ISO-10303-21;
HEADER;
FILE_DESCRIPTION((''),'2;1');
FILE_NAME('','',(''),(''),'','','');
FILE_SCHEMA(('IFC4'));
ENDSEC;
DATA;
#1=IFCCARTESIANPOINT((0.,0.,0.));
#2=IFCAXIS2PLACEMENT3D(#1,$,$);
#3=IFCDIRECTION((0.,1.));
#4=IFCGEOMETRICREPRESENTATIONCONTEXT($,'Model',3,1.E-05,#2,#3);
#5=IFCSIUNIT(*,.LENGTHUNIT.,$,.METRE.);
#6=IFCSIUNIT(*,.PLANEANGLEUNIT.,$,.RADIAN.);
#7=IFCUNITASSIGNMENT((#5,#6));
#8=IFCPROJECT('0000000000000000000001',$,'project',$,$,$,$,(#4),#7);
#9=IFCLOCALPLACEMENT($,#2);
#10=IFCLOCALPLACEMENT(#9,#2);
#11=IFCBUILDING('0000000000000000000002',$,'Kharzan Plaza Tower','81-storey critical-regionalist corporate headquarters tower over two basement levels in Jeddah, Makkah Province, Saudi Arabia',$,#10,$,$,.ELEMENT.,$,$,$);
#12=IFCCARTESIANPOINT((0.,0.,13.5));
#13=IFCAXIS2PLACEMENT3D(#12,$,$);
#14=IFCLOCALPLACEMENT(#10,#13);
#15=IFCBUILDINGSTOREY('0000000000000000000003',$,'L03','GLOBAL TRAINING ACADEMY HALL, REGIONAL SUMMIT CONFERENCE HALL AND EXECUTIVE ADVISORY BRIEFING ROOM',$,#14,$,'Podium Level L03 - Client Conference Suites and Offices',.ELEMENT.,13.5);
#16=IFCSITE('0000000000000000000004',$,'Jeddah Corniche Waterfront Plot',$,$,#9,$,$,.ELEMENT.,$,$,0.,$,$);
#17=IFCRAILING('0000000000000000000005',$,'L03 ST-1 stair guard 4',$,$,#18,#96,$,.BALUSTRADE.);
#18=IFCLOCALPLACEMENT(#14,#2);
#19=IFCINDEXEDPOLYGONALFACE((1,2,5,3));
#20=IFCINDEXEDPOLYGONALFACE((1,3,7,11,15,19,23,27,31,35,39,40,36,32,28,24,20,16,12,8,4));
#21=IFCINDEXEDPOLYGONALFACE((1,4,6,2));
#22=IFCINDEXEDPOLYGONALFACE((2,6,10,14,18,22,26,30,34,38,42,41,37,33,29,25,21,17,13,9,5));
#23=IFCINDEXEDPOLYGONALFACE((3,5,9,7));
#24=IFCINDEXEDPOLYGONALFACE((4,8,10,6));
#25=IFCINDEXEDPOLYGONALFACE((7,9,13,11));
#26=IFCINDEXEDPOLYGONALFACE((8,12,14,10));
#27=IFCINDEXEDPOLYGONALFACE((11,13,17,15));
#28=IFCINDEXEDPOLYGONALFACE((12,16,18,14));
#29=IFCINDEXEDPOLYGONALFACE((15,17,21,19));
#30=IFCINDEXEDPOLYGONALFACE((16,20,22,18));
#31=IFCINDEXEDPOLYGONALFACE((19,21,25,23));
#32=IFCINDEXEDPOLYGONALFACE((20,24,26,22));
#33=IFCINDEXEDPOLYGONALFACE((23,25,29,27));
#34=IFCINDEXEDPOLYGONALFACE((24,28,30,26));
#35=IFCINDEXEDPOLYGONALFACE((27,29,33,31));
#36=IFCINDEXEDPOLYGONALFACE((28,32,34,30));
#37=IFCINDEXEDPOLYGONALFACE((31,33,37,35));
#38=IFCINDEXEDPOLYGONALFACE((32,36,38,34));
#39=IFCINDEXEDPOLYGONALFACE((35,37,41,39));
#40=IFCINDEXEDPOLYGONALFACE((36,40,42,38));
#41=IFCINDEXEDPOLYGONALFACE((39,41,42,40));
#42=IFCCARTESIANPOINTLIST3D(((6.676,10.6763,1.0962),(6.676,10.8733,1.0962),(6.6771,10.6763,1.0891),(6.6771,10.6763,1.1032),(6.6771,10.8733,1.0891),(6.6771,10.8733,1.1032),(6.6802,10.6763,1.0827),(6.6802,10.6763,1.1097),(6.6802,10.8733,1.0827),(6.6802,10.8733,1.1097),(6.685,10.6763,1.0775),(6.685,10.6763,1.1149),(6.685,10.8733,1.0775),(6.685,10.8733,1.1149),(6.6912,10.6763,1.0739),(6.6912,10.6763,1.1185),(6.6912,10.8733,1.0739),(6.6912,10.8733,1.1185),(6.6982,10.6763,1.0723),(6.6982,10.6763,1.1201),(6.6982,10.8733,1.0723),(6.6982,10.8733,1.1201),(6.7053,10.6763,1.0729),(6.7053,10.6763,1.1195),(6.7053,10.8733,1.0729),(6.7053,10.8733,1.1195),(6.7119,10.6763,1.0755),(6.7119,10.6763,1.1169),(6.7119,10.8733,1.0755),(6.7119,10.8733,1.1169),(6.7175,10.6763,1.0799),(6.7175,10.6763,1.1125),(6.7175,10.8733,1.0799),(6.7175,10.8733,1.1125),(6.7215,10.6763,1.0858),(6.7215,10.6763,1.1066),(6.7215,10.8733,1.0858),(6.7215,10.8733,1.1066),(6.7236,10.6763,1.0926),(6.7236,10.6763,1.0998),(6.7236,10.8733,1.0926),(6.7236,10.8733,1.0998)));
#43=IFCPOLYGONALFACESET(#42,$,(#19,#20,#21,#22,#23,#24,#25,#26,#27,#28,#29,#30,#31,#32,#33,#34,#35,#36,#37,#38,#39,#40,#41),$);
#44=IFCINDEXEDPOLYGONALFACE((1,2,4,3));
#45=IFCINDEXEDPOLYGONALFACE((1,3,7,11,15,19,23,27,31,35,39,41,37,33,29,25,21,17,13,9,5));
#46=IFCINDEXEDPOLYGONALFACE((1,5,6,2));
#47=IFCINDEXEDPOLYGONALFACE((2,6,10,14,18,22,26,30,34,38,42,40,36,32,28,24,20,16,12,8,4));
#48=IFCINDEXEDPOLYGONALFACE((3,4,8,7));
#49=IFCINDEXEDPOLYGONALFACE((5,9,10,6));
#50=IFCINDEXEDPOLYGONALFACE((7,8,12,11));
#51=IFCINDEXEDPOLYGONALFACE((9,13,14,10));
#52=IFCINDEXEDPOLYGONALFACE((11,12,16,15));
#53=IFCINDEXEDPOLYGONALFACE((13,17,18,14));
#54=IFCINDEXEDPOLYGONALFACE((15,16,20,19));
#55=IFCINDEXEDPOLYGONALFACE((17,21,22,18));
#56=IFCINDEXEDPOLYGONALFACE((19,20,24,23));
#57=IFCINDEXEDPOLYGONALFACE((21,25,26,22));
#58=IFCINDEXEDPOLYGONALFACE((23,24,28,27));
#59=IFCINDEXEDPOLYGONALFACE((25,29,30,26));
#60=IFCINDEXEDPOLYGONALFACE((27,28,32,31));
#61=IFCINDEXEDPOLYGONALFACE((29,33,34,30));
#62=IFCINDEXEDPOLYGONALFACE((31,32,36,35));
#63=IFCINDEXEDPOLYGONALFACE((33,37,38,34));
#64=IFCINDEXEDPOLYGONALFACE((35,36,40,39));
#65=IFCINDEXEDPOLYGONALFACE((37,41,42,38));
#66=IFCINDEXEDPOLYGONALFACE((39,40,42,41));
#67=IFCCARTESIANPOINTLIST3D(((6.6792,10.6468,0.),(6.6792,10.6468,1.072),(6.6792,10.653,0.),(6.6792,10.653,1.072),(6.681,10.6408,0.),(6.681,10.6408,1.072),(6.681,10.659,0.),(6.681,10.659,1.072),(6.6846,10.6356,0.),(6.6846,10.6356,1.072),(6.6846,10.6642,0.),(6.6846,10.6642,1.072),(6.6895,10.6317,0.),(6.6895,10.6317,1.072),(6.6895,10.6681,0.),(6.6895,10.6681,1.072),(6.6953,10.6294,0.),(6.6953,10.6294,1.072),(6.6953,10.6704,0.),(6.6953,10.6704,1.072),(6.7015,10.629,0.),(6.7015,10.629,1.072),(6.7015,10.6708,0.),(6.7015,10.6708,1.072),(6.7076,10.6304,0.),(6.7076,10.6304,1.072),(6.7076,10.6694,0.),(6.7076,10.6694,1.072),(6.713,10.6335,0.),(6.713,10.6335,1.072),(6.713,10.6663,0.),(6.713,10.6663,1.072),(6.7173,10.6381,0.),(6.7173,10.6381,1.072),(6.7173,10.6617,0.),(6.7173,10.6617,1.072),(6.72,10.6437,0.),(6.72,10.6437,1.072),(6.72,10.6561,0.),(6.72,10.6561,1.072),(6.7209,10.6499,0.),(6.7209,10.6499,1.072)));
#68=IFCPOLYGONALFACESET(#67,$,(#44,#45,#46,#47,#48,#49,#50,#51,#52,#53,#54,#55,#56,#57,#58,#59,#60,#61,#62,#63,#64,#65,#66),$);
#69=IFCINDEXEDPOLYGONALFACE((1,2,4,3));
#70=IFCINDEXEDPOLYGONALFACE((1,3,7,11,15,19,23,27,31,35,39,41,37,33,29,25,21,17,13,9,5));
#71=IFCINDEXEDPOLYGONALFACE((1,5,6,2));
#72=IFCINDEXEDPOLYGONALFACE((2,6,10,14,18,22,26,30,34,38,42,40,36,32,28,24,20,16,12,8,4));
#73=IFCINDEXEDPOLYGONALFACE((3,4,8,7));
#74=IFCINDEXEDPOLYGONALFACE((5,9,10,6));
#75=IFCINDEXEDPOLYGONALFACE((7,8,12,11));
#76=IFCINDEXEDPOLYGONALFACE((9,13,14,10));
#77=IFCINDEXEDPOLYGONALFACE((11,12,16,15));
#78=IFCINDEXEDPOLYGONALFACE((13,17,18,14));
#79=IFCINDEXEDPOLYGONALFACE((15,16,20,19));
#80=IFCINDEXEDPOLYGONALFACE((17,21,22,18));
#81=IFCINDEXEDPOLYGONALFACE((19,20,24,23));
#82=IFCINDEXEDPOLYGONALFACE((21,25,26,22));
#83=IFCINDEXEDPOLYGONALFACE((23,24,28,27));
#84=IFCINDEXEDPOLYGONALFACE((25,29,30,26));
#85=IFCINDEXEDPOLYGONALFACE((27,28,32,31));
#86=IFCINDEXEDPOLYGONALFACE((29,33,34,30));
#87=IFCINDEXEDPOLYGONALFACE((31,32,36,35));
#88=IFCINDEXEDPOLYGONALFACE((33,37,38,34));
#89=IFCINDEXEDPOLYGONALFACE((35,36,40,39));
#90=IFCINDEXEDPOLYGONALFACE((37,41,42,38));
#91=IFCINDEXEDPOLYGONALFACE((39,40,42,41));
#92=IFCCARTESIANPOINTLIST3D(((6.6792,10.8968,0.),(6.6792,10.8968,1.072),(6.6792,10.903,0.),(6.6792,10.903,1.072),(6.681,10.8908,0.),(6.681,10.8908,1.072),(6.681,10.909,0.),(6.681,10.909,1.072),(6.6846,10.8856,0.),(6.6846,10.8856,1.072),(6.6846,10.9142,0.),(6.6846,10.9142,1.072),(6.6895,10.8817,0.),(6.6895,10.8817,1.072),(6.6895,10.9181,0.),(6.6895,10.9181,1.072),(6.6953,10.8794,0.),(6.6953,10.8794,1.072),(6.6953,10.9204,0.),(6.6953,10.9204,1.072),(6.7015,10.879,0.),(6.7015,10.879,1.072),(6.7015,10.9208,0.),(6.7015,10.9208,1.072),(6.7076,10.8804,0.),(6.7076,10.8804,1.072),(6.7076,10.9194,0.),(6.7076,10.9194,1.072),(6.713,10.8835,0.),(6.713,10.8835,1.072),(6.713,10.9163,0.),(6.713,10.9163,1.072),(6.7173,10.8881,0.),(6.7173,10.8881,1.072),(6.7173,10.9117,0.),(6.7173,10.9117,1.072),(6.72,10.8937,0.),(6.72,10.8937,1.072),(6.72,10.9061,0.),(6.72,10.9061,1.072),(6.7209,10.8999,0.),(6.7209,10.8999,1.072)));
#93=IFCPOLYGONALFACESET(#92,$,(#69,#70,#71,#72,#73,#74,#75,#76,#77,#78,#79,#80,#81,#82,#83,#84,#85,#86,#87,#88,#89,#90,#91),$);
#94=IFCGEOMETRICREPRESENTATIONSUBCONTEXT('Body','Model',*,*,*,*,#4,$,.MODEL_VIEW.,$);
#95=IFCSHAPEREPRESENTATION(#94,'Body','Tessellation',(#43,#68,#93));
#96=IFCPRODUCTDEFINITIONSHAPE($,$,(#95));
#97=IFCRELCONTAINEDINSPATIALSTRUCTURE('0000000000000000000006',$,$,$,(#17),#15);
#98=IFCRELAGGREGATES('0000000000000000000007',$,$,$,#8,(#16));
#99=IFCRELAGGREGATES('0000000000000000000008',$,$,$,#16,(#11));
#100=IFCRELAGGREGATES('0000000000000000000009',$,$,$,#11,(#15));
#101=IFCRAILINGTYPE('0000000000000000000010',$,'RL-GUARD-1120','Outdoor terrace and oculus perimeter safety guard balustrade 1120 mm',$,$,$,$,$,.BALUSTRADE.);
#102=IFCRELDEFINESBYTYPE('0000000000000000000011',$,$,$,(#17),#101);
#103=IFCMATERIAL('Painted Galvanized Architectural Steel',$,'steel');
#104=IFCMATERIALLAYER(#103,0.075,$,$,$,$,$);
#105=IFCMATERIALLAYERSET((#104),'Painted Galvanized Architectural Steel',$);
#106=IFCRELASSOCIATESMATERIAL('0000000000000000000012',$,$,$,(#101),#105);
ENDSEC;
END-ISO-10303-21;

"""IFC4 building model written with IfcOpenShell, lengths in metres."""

from ifc_helpers import new_model, si_unit, direction, frame, origin, origin_2d, place, context, subcontext, project, spatial, circle, extrude, source, transform, mapped, material, layer, layer_set, type_object, element, save


model = new_model("IFC4")

# Units and contexts
model_context = context("Model", 3, precision=1e-05, world=origin(), true_north=direction((0.0, 1.0)))
body_context = subcontext(model_context, "Body", "Model", "MODEL_VIEW")
ifc_project = project(units=[si_unit("LENGTHUNIT", "METRE"), si_unit("PLANEANGLEUNIT", "RADIAN")], contexts=[model_context])

# Site, building, storey
site_placement = place(None, origin())
site = spatial("IfcSite", under=ifc_project, at=site_placement, Name="Jeddah Corniche Waterfront Plot", CompositionType="ELEMENT", RefElevation=0.0)
building_placement = place(site_placement, origin())
building = spatial("IfcBuilding", under=site, at=building_placement, Name="Kharzan Plaza Tower", Description="81-storey critical-regionalist corporate headquarters tower over two basement levels in Jeddah, Makkah Province, Saudi Arabia", CompositionType="ELEMENT")
storey_placement = place(building_placement, frame((0.0, 0.0, 13.5)))
storey = spatial("IfcBuildingStorey", under=building, at=storey_placement, Name="L03", Description="GLOBAL TRAINING ACADEMY HALL, REGIONAL SUMMIT CONFERENCE HALL AND EXECUTIVE ADVISORY BRIEFING ROOM", LongName="Podium Level L03 - Client Conference Suites and Offices", CompositionType="ELEMENT", Elevation=13.5)

# Railing
ifc_material_1 = material(Name="Painted Galvanized Architectural Steel", Category="steel")
ifc_layer_1 = layer(ifc_material_1, 0.075)
ifc_layer_set_1 = layer_set([ifc_layer_1], Name="Painted Galvanized Architectural Steel")
railing_type_1 = type_object("IfcRailingType", Name="RL-GUARD-1120", Description="Outdoor terrace and oculus perimeter safety guard balustrade 1120 mm", PredefinedType="BALUSTRADE", material=ifc_layer_set_1)
shared_shape_1 = source(origin(), body_context, "Body", "SweptSolid", [
    extrude(circle(Radius=0.0239, at=origin_2d()), frame((0.0, 0.0264, 1.0962), z_axis=(0.0, 1.0, 0.0), x_axis=(-1.0, 0.0, 0.0)), (0.0, 0.0, 1.0), 0.197),
    extrude(circle(Radius=0.021, at=origin_2d()), origin(), (0.0, 0.0, 1.0), 1.072),
    extrude(circle(Radius=0.021, at=origin_2d()), frame((0.0, 0.25, 0.0)), (0.0, 0.0, 1.0), 1.072),
])
railing_1_placement = place(storey_placement, frame((6.7, 10.6499, 0.0)))
element("IfcRailing", 1, at=railing_1_placement, inside=storey, type_object=railing_type_1, Name="L03 ST-1 stair guard 4", PredefinedType="BALUSTRADE", context=body_context, shape_type="MappedRepresentation", body=[
    mapped(shared_shape_1, transform((0.0, 0.0, 0.0), x_axis=(1.0, 0.0, 0.0), y_axis=(0.0, 1.0, 0.0), z_axis=(0.0, 0.0, 1.0))),
])

save(model, "model.ifc")
